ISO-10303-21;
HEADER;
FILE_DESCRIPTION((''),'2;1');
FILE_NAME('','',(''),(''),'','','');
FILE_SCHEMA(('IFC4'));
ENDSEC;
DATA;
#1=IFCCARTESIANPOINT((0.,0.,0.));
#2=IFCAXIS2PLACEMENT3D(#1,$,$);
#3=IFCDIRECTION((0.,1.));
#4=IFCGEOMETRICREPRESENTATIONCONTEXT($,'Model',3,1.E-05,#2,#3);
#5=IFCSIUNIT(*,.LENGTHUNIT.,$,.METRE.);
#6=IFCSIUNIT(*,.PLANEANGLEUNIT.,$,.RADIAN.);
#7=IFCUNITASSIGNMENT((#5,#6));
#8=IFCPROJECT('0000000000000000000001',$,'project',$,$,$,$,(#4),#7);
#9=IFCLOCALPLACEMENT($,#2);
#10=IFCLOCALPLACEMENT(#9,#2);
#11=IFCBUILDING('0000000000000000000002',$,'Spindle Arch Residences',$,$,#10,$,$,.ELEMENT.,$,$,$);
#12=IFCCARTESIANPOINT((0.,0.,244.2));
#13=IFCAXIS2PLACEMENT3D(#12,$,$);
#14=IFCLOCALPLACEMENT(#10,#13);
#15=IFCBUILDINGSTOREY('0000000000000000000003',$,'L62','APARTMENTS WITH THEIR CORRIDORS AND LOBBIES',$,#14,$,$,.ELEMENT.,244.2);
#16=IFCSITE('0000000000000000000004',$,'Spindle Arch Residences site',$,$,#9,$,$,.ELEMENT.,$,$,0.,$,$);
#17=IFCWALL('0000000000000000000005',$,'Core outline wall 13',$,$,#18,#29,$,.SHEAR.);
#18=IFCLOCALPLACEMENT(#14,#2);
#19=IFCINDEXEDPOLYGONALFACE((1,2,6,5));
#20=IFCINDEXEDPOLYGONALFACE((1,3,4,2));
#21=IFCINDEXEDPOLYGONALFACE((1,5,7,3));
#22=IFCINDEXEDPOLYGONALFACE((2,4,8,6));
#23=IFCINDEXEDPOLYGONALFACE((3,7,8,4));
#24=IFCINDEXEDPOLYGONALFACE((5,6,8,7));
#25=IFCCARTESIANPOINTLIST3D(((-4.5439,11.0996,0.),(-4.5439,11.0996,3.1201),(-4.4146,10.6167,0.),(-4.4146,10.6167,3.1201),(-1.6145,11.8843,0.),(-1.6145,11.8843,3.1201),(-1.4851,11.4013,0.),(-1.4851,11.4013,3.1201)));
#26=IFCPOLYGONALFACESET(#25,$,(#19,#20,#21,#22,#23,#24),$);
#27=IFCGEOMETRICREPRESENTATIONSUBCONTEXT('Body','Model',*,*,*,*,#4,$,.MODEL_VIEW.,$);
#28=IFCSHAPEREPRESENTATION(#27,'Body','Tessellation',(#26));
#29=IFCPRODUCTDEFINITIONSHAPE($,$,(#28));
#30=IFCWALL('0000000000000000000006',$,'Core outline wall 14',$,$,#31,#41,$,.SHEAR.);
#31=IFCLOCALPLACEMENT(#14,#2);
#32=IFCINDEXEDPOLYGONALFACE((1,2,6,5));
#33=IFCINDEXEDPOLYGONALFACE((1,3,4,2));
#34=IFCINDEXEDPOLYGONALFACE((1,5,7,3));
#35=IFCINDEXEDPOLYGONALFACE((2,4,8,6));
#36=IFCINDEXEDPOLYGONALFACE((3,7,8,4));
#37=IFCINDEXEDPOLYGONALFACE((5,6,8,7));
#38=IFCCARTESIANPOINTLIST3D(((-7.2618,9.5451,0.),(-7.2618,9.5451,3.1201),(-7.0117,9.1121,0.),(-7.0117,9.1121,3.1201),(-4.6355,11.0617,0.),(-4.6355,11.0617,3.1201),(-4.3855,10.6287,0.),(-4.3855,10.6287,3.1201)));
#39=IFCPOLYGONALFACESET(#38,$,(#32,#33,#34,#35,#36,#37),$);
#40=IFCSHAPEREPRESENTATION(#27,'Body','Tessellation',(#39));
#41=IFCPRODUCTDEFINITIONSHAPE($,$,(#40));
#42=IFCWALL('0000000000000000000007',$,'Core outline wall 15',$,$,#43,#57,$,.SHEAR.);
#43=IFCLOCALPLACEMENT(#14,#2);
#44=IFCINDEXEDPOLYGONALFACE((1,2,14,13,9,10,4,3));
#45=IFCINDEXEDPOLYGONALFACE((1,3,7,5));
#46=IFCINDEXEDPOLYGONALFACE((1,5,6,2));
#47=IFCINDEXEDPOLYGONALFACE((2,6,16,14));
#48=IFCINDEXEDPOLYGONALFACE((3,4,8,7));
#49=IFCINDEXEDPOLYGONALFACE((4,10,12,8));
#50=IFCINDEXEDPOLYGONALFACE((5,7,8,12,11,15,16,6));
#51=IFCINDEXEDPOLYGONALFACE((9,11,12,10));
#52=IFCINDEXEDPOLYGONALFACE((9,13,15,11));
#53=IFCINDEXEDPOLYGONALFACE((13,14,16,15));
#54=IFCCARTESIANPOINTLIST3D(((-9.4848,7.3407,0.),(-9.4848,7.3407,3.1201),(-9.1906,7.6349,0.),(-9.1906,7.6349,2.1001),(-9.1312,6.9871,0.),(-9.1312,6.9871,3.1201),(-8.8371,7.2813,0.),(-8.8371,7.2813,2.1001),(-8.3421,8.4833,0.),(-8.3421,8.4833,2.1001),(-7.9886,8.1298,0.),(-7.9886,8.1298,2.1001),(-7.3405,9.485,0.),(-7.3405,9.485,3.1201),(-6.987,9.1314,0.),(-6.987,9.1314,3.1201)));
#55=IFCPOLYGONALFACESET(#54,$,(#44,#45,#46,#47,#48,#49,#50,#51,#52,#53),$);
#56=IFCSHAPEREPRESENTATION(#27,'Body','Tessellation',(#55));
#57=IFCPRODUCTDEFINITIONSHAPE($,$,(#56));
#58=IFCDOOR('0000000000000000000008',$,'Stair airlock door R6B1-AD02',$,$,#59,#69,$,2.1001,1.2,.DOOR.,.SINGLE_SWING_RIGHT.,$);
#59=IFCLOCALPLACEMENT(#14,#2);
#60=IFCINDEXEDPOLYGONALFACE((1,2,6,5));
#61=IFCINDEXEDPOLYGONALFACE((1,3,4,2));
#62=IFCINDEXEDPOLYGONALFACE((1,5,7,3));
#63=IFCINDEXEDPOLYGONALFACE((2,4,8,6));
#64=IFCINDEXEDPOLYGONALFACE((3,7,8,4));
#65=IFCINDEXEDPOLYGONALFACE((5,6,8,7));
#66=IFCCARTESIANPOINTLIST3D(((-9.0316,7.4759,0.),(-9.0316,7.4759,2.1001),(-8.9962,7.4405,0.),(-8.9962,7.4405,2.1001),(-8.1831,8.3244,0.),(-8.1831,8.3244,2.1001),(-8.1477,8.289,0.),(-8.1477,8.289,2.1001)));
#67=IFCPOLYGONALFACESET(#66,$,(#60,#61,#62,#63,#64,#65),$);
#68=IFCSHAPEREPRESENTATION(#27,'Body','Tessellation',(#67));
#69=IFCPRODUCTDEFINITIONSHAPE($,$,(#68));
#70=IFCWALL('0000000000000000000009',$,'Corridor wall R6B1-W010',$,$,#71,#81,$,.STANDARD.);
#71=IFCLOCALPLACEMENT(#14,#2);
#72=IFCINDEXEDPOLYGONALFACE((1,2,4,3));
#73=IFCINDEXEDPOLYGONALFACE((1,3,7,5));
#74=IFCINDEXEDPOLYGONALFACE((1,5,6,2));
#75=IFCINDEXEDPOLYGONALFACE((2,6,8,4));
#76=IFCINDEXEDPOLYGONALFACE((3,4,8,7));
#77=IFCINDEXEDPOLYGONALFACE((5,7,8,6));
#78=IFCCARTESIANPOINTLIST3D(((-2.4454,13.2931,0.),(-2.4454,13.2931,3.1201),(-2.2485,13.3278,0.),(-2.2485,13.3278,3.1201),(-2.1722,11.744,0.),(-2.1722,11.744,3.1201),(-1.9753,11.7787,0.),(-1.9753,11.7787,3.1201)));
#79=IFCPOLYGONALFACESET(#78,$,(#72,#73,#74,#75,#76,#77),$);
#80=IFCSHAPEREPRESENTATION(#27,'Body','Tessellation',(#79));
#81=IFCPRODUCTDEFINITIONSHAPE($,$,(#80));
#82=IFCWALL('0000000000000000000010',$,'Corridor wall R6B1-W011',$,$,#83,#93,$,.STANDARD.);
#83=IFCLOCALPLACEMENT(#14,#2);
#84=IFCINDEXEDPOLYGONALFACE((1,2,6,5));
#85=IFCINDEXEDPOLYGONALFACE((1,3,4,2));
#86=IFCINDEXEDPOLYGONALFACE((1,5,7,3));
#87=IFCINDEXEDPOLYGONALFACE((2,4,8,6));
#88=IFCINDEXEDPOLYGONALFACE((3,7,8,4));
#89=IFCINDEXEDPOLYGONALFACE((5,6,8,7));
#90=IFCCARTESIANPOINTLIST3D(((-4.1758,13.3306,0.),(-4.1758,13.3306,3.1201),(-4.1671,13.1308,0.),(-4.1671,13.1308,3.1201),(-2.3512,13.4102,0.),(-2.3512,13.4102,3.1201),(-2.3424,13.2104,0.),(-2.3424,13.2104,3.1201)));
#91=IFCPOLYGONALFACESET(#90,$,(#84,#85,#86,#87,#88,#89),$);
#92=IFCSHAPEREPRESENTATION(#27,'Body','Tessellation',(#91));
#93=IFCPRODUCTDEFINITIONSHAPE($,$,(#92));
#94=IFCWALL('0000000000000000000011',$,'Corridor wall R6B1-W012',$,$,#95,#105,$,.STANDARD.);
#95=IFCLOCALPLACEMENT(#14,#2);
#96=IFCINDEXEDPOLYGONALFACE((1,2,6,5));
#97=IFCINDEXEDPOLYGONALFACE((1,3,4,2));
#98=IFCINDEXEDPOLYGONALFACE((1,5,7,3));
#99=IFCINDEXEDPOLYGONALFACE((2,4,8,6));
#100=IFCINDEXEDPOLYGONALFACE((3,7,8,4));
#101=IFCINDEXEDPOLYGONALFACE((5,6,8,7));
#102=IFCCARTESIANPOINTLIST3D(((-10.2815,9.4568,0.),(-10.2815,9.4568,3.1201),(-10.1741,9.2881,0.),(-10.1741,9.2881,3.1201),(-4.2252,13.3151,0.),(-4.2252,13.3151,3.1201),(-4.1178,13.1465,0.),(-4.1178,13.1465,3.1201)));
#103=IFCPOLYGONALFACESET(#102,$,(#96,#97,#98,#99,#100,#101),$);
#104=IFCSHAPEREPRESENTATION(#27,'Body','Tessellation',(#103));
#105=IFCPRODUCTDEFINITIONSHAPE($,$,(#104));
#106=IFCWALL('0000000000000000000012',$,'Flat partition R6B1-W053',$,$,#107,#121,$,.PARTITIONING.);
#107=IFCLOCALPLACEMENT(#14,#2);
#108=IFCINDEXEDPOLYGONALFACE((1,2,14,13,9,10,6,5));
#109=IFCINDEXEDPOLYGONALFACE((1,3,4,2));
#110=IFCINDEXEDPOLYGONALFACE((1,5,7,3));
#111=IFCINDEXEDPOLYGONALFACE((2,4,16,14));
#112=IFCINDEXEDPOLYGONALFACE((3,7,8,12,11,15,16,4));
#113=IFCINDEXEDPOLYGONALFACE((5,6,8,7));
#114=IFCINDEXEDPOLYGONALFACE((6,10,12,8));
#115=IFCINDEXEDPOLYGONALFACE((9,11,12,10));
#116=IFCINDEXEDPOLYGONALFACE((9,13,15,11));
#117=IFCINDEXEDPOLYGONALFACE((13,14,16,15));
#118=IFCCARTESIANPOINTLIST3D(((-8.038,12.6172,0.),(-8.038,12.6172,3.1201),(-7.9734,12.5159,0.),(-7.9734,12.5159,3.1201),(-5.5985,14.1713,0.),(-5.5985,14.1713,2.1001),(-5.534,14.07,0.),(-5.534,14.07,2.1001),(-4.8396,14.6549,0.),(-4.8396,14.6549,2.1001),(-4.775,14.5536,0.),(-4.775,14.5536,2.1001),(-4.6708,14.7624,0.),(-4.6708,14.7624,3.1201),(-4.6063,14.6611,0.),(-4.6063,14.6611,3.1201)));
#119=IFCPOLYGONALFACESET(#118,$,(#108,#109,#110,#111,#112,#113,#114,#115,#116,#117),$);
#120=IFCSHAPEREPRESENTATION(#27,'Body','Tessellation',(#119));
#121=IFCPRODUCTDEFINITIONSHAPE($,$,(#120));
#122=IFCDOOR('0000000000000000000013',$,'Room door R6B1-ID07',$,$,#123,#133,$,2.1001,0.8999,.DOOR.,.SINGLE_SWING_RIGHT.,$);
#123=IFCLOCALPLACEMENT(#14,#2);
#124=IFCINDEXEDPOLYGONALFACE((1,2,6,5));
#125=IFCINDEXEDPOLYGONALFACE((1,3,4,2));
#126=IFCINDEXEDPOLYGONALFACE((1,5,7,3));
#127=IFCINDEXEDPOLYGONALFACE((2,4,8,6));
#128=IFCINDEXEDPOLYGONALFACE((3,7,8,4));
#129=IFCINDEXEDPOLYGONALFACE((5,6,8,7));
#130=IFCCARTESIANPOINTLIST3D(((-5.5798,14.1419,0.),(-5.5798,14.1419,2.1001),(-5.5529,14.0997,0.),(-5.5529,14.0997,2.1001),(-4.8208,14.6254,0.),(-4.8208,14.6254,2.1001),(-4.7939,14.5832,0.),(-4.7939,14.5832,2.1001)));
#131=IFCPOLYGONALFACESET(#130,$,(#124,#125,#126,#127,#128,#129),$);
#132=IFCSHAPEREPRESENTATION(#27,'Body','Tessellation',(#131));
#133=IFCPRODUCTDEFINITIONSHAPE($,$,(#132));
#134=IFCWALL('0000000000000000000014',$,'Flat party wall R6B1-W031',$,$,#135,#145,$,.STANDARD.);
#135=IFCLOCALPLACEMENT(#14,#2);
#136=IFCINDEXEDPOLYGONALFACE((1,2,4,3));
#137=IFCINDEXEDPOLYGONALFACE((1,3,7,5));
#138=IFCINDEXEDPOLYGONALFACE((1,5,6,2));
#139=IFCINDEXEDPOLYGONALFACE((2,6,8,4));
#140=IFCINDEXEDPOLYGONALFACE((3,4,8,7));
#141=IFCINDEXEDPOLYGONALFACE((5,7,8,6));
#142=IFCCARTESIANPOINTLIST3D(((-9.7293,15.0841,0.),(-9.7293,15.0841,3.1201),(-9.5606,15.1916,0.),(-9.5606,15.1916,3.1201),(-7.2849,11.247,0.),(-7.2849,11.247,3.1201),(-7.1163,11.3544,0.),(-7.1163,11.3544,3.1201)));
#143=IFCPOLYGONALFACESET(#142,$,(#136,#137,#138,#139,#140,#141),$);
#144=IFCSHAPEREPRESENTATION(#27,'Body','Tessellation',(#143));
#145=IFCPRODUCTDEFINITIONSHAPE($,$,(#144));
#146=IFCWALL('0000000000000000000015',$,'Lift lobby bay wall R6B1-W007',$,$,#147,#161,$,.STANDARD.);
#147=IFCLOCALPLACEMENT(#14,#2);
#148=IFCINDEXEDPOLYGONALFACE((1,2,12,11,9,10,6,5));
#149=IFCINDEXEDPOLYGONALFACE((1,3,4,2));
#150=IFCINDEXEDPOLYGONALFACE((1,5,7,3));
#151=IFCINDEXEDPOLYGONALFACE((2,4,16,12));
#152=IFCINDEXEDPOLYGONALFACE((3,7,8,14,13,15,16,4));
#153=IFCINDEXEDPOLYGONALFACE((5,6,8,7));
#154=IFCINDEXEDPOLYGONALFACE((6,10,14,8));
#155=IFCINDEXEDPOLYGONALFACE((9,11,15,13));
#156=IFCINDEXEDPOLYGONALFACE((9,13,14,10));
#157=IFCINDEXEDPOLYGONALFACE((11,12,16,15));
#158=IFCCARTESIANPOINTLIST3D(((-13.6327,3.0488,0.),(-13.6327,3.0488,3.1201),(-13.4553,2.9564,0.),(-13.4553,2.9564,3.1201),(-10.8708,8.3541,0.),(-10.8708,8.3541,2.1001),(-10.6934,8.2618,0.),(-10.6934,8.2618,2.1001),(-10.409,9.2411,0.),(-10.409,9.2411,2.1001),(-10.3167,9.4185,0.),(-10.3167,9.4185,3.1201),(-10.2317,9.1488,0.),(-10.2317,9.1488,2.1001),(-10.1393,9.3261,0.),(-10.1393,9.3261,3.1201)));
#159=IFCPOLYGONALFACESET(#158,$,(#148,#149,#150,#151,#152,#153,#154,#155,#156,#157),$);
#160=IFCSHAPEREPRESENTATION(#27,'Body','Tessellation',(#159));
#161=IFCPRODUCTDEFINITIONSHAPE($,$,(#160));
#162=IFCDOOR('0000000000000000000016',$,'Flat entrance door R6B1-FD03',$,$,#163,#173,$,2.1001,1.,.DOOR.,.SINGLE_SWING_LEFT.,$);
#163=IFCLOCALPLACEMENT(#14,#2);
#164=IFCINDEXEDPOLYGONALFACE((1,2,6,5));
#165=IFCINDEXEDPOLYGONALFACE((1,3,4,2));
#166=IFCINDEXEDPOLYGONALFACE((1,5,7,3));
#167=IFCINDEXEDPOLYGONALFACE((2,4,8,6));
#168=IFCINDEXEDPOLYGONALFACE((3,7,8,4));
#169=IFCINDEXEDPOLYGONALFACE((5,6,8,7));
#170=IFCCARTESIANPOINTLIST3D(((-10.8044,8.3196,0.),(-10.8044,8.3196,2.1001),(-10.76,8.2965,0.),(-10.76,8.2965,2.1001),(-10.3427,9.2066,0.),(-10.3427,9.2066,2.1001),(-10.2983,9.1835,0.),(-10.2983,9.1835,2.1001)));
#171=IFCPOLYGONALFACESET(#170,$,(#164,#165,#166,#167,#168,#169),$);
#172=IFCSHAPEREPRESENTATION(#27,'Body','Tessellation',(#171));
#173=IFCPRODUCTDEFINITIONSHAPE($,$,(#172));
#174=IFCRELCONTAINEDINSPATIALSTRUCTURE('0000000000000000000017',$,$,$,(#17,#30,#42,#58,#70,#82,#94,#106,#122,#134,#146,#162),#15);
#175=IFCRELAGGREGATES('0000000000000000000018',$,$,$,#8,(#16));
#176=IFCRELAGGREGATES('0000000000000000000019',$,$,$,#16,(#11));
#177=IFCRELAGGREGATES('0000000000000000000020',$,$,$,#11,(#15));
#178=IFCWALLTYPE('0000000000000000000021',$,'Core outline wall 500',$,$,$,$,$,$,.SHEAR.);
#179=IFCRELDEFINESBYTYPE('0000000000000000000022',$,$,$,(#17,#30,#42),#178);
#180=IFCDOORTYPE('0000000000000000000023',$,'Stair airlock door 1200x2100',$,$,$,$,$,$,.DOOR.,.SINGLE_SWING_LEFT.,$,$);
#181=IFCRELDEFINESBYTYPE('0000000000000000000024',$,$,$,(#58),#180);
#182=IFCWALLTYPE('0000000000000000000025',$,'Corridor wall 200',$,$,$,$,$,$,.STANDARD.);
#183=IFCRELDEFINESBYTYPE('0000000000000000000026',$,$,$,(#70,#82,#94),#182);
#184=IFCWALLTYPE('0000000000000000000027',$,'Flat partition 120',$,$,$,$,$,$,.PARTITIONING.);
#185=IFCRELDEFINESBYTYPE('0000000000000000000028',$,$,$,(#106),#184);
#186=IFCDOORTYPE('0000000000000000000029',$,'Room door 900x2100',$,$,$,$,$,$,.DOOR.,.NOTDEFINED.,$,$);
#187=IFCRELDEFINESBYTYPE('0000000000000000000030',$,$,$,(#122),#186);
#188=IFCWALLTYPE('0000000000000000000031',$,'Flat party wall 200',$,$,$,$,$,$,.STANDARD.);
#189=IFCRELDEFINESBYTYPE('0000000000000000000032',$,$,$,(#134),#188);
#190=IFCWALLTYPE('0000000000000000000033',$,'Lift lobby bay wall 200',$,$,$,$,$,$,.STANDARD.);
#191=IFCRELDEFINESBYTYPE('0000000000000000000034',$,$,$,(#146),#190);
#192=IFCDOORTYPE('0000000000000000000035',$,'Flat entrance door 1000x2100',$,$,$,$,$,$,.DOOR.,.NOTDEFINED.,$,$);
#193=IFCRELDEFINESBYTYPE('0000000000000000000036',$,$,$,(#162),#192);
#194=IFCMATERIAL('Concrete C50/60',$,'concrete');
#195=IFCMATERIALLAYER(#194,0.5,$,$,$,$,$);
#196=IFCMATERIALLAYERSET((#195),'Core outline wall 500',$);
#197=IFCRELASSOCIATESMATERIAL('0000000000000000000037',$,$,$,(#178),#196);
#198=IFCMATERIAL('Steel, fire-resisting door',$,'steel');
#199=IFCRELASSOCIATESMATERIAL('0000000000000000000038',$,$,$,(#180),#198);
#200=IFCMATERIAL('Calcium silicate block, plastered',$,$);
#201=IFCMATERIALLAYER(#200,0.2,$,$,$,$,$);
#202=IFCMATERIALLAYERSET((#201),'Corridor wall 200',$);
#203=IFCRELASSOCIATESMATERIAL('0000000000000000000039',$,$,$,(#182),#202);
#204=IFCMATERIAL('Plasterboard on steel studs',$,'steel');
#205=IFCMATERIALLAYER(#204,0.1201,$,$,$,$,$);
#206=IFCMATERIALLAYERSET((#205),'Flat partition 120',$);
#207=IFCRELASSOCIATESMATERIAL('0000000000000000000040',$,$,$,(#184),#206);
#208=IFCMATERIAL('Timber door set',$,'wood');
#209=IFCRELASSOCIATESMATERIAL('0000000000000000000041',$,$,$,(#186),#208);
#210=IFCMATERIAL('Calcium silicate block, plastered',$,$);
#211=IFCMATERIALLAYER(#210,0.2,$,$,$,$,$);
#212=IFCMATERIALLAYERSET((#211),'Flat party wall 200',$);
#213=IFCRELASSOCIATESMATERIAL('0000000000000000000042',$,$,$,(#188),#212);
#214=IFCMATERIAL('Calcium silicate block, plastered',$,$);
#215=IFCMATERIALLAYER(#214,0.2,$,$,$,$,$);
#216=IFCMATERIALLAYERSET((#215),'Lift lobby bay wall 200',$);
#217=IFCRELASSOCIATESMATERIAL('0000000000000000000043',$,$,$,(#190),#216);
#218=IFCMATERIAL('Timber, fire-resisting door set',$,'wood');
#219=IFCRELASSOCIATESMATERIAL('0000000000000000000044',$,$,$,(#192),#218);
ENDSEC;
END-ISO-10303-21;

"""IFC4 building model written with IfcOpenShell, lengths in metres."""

from ifc_helpers import new_model, si_unit, direction, frame, frame_2d, origin, place, context, subcontext, project, spatial, rectangle, extrude, material, layer, layer_set, type_object, element, fill, save


model = new_model("IFC4")

# Units and contexts
model_context = context("Model", 3, precision=1e-05, world=origin(), true_north=direction((0.0, 1.0)))
body_context = subcontext(model_context, "Body", "Model", "MODEL_VIEW")
ifc_project = project(units=[si_unit("LENGTHUNIT", "METRE"), si_unit("PLANEANGLEUNIT", "RADIAN")], contexts=[model_context])

# Site, building, storey
site_placement = place(None, origin())
site = spatial("IfcSite", under=ifc_project, at=site_placement, Name="Spindle Arch Residences site", CompositionType="ELEMENT", RefElevation=0.0)
building_placement = place(site_placement, origin())
building = spatial("IfcBuilding", under=site, at=building_placement, Name="Spindle Arch Residences", CompositionType="ELEMENT")
storey_placement = place(building_placement, frame((0.0, 0.0, 244.2)))
storey = spatial("IfcBuildingStorey", under=building, at=storey_placement, Name="L62", Description="APARTMENTS WITH THEIR CORRIDORS AND LOBBIES", CompositionType="ELEMENT", Elevation=244.2)

# Walls
ifc_material_1 = material(Name="Concrete C50/60", Category="concrete")
ifc_layer_1 = layer(ifc_material_1, 0.5)
ifc_layer_set_1 = layer_set([ifc_layer_1], Name="Core outline wall 500")
wall_type_1 = type_object("IfcWallType", Name="Core outline wall 500", PredefinedType="SHEAR", material=ifc_layer_set_1)
for number, where, z_axis, x_axis, name in (
    (1, (-1.5498, 11.6428, 0.0), (0.0, 0.0, 1.0), (-0.965948, -0.258735, 0.0), "Core outline wall 13"),
    (2, (-4.5105, 10.8452, 0.0), (0.0, 0.0, 1.0), (-0.865975, -0.500087, 0.0), "Core outline wall 14"),
):
    element("IfcWall", number, at=place(storey_placement, frame(where, z_axis=z_axis, x_axis=x_axis)), inside=storey, type_object=wall_type_1, Name=name, PredefinedType="SHEAR", context=body_context, shape_type="SweptSolid", body=[
        extrude(rectangle(XDim=3.0327, YDim=0.5, at=frame_2d((1.5164, 0.0))), origin(), (0.0, 0.0, 1.0), 3.1201),
    ])

# Wall, opening, door
wall_1_placement = place(storey_placement, frame((-7.1638, 9.3081, 0.0), z_axis=(0.0, 0.0, 1.0), x_axis=(-0.707107, -0.707107, 0.0)))
wall_1 = element("IfcWall", 3, at=wall_1_placement, inside=storey, type_object=wall_type_1, Name="Core outline wall 15", PredefinedType="SHEAR", context=body_context, shape_type="SweptSolid", body=[
    extrude(rectangle(XDim=3.0325, YDim=0.5, at=frame_2d((1.5161, 0.0))), origin(), (0.0, 0.0, 1.0), 3.1201),
])
opening_1_placement = place(wall_1_placement, frame((1.4163, 0.0, 0.0)))
opening_1 = element("IfcOpeningElement", 4, at=opening_1_placement, cuts=wall_1, PredefinedType="OPENING", context=body_context, shape_type="SweptSolid", body=[
    extrude(rectangle(XDim=1.2, YDim=2.1001, at=frame_2d((0.6001, 1.05))), frame((0.0, 0.26, 0.0), z_axis=(0.0, -1.0, 0.0), x_axis=(1.0, 0.0, 0.0)), (0.0, 0.0, 1.0), 0.52),
])
ifc_material_2 = material(Name="Steel, fire-resisting door", Category="steel")
door_type_1 = type_object("IfcDoorType", Name="Stair airlock door 1200x2100", OperationType="SINGLE_SWING_LEFT", PredefinedType="DOOR", material=ifc_material_2)
door_1_placement = place(opening_1_placement, origin())
door_1 = element("IfcDoor", 5, at=door_1_placement, inside=storey, type_object=door_type_1, Name="Stair airlock door R6B1-AD02", OperationType="SINGLE_SWING_RIGHT", OverallHeight=2.1001, OverallWidth=1.2, PredefinedType="DOOR", context=body_context, shape_type="SweptSolid", body=[
    extrude(rectangle(XDim=1.2, YDim=2.1001, at=frame_2d((0.6001, 1.05))), frame((0.0, 0.0249, 0.0), z_axis=(0.0, -1.0, 0.0), x_axis=(1.0, 0.0, 0.0)), (0.0, 0.0, 1.0), 0.05),
])
fill(opening_1, door_1)

# Walls
ifc_material_3 = material(Name="Calcium silicate block, plastered")
ifc_layer_2 = layer(ifc_material_3, 0.2)
ifc_layer_set_2 = layer_set([ifc_layer_2], Name="Corridor wall 200")
wall_type_2 = type_object("IfcWallType", Name="Corridor wall 200", PredefinedType="STANDARD", material=ifc_layer_set_2)
wall_2_placement = place(storey_placement, frame((-2.0737, 11.7612, 0.0), z_axis=(0.0, 0.0, 1.0), x_axis=(-0.173679, 0.984802, 0.0)))
element("IfcWall", 6, at=wall_2_placement, inside=storey, type_object=wall_type_2, Name="Corridor wall R6B1-W010", PredefinedType="STANDARD", context=body_context, shape_type="SweptSolid", body=[
    extrude(rectangle(XDim=1.573, YDim=0.2, at=frame_2d((0.7866, 0.0))), origin(), (0.0, 0.0, 1.0), 3.1201),
])
wall_3_placement = place(storey_placement, frame((-2.3469, 13.3103, 0.0), z_axis=(0.0, 0.0, 1.0), x_axis=(-0.99905, -0.043576, 0.0)))
element("IfcWall", 7, at=wall_3_placement, inside=storey, type_object=wall_type_2, Name="Corridor wall R6B1-W011", PredefinedType="STANDARD", context=body_context, shape_type="SweptSolid", body=[
    extrude(rectangle(XDim=1.8264, YDim=0.2, at=frame_2d((0.9131, 0.0))), origin(), (0.0, 0.0, 1.0), 3.1201),
])
wall_4_placement = place(storey_placement, frame((-4.1716, 13.2307, 0.0), z_axis=(0.0, 0.0, 1.0), x_axis=(-0.843388, -0.537304, 0.0)))
element("IfcWall", 8, at=wall_4_placement, inside=storey, type_object=wall_type_2, Name="Corridor wall R6B1-W012", PredefinedType="STANDARD", context=body_context, shape_type="SweptSolid", body=[
    extrude(rectangle(XDim=7.1809, YDim=0.2, at=frame_2d((3.5903, 0.0))), origin(), (0.0, 0.0, 1.0), 3.1201),
])

# Wall, opening, door
ifc_material_4 = material(Name="Plasterboard on steel studs", Category="steel")
ifc_layer_3 = layer(ifc_material_4, 0.1201)
ifc_layer_set_3 = layer_set([ifc_layer_3], Name="Flat partition 120")
wall_type_3 = type_object("IfcWallType", Name="Flat partition 120", PredefinedType="PARTITIONING", material=ifc_layer_set_3)
wall_5_placement = place(storey_placement, frame((-4.6387, 14.7117, 0.0), z_axis=(0.0, 0.0, 1.0), x_axis=(-0.843377, -0.537323, 0.0)))
wall_5 = element("IfcWall", 9, at=wall_5_placement, inside=storey, type_object=wall_type_3, Name="Flat partition R6B1-W053", PredefinedType="PARTITIONING", context=body_context, shape_type="SweptSolid", body=[
    extrude(rectangle(XDim=3.9924, YDim=0.1201, at=frame_2d((1.9961, 0.0))), origin(), (0.0, 0.0, 1.0), 3.1201),
])
opening_2_placement = place(wall_5_placement, frame((0.2, 0.0, 0.0)))
opening_2 = element("IfcOpeningElement", 10, at=opening_2_placement, cuts=wall_5, PredefinedType="OPENING", context=body_context, shape_type="SweptSolid", body=[
    extrude(rectangle(XDim=0.8999, YDim=2.1001, at=frame_2d((0.45, 1.05))), frame((0.0, 0.0701, 0.0), z_axis=(0.0, -1.0, 0.0), x_axis=(1.0, 0.0, 0.0)), (0.0, 0.0, 1.0), 0.1401),
])
ifc_material_5 = material(Name="Timber door set", Category="wood")
door_type_2 = type_object("IfcDoorType", Name="Room door 900x2100", OperationType="NOTDEFINED", PredefinedType="DOOR", material=ifc_material_5)
door_2_placement = place(opening_2_placement, origin())
door_2 = element("IfcDoor", 11, at=door_2_placement, inside=storey, type_object=door_type_2, Name="Room door R6B1-ID07", OperationType="SINGLE_SWING_RIGHT", OverallHeight=2.1001, OverallWidth=0.8999, PredefinedType="DOOR", context=body_context, shape_type="SweptSolid", body=[
    extrude(rectangle(XDim=0.8999, YDim=2.1001, at=frame_2d((0.45, 1.05))), frame((0.0, 0.0249, 0.0), z_axis=(0.0, -1.0, 0.0), x_axis=(1.0, 0.0, 0.0)), (0.0, 0.0, 1.0), 0.05),
])
fill(opening_2, door_2)

# Wall
ifc_material_6 = material(Name="Calcium silicate block, plastered")
ifc_layer_4 = layer(ifc_material_6, 0.2)
ifc_layer_set_4 = layer_set([ifc_layer_4], Name="Flat party wall 200")
wall_type_4 = type_object("IfcWallType", Name="Flat party wall 200", PredefinedType="STANDARD", material=ifc_layer_set_4)
wall_6_placement = place(storey_placement, frame((-9.645, 15.1379, 0.0), z_axis=(0.0, 0.0, 1.0), x_axis=(0.537268, -0.843412, 0.0)))
element("IfcWall", 12, at=wall_6_placement, inside=storey, type_object=wall_type_4, Name="Flat party wall R6B1-W031", PredefinedType="STANDARD", context=body_context, shape_type="SweptSolid", body=[
    extrude(rectangle(XDim=4.5496, YDim=0.2, at=frame_2d((2.2749, 0.0))), origin(), (0.0, 0.0, 1.0), 3.1201),
])

# Wall, opening, door
ifc_material_7 = material(Name="Calcium silicate block, plastered")
ifc_layer_5 = layer(ifc_material_7, 0.2)
ifc_layer_set_5 = layer_set([ifc_layer_5], Name="Lift lobby bay wall 200")
wall_type_5 = type_object("IfcWallType", Name="Lift lobby bay wall 200", PredefinedType="STANDARD", material=ifc_layer_set_5)
wall_7_placement = place(storey_placement, frame((-10.228, 9.3723, 0.0), z_axis=(0.0, 0.0, 1.0), x_axis=(-0.461759, -0.887005, 0.0)))
wall_7 = element("IfcWall", 13, at=wall_7_placement, inside=storey, type_object=wall_type_5, Name="Lift lobby bay wall R6B1-W007", PredefinedType="STANDARD", context=body_context, shape_type="SweptSolid", body=[
    extrude(rectangle(XDim=7.1812, YDim=0.2, at=frame_2d((3.5906, 0.0))), origin(), (0.0, 0.0, 1.0), 3.1201),
])
opening_3_placement = place(wall_7_placement, frame((0.2, 0.0, 0.0)))
opening_3 = element("IfcOpeningElement", 14, at=opening_3_placement, cuts=wall_7, PredefinedType="OPENING", context=body_context, shape_type="SweptSolid", body=[
    extrude(rectangle(XDim=1.0, YDim=2.1001, at=frame_2d((0.5, 1.05))), frame((0.0, 0.1099, 0.0), z_axis=(0.0, -1.0, 0.0), x_axis=(1.0, 0.0, 0.0)), (0.0, 0.0, 1.0), 0.22),
])
ifc_material_8 = material(Name="Timber, fire-resisting door set", Category="wood")
door_type_3 = type_object("IfcDoorType", Name="Flat entrance door 1000x2100", OperationType="NOTDEFINED", PredefinedType="DOOR", material=ifc_material_8)
door_3_placement = place(opening_3_placement, origin())
door_3 = element("IfcDoor", 15, at=door_3_placement, inside=storey, type_object=door_type_3, Name="Flat entrance door R6B1-FD03", OperationType="SINGLE_SWING_LEFT", OverallHeight=2.1001, OverallWidth=1.0, PredefinedType="DOOR", context=body_context, shape_type="SweptSolid", body=[
    extrude(rectangle(XDim=1.0, YDim=2.1001, at=frame_2d((0.5, 1.05))), frame((0.0, 0.0249, 0.0), z_axis=(0.0, -1.0, 0.0), x_axis=(1.0, 0.0, 0.0)), (0.0, 0.0, 1.0), 0.05),
])
fill(opening_3, door_3)

save(model, "model.ifc")
